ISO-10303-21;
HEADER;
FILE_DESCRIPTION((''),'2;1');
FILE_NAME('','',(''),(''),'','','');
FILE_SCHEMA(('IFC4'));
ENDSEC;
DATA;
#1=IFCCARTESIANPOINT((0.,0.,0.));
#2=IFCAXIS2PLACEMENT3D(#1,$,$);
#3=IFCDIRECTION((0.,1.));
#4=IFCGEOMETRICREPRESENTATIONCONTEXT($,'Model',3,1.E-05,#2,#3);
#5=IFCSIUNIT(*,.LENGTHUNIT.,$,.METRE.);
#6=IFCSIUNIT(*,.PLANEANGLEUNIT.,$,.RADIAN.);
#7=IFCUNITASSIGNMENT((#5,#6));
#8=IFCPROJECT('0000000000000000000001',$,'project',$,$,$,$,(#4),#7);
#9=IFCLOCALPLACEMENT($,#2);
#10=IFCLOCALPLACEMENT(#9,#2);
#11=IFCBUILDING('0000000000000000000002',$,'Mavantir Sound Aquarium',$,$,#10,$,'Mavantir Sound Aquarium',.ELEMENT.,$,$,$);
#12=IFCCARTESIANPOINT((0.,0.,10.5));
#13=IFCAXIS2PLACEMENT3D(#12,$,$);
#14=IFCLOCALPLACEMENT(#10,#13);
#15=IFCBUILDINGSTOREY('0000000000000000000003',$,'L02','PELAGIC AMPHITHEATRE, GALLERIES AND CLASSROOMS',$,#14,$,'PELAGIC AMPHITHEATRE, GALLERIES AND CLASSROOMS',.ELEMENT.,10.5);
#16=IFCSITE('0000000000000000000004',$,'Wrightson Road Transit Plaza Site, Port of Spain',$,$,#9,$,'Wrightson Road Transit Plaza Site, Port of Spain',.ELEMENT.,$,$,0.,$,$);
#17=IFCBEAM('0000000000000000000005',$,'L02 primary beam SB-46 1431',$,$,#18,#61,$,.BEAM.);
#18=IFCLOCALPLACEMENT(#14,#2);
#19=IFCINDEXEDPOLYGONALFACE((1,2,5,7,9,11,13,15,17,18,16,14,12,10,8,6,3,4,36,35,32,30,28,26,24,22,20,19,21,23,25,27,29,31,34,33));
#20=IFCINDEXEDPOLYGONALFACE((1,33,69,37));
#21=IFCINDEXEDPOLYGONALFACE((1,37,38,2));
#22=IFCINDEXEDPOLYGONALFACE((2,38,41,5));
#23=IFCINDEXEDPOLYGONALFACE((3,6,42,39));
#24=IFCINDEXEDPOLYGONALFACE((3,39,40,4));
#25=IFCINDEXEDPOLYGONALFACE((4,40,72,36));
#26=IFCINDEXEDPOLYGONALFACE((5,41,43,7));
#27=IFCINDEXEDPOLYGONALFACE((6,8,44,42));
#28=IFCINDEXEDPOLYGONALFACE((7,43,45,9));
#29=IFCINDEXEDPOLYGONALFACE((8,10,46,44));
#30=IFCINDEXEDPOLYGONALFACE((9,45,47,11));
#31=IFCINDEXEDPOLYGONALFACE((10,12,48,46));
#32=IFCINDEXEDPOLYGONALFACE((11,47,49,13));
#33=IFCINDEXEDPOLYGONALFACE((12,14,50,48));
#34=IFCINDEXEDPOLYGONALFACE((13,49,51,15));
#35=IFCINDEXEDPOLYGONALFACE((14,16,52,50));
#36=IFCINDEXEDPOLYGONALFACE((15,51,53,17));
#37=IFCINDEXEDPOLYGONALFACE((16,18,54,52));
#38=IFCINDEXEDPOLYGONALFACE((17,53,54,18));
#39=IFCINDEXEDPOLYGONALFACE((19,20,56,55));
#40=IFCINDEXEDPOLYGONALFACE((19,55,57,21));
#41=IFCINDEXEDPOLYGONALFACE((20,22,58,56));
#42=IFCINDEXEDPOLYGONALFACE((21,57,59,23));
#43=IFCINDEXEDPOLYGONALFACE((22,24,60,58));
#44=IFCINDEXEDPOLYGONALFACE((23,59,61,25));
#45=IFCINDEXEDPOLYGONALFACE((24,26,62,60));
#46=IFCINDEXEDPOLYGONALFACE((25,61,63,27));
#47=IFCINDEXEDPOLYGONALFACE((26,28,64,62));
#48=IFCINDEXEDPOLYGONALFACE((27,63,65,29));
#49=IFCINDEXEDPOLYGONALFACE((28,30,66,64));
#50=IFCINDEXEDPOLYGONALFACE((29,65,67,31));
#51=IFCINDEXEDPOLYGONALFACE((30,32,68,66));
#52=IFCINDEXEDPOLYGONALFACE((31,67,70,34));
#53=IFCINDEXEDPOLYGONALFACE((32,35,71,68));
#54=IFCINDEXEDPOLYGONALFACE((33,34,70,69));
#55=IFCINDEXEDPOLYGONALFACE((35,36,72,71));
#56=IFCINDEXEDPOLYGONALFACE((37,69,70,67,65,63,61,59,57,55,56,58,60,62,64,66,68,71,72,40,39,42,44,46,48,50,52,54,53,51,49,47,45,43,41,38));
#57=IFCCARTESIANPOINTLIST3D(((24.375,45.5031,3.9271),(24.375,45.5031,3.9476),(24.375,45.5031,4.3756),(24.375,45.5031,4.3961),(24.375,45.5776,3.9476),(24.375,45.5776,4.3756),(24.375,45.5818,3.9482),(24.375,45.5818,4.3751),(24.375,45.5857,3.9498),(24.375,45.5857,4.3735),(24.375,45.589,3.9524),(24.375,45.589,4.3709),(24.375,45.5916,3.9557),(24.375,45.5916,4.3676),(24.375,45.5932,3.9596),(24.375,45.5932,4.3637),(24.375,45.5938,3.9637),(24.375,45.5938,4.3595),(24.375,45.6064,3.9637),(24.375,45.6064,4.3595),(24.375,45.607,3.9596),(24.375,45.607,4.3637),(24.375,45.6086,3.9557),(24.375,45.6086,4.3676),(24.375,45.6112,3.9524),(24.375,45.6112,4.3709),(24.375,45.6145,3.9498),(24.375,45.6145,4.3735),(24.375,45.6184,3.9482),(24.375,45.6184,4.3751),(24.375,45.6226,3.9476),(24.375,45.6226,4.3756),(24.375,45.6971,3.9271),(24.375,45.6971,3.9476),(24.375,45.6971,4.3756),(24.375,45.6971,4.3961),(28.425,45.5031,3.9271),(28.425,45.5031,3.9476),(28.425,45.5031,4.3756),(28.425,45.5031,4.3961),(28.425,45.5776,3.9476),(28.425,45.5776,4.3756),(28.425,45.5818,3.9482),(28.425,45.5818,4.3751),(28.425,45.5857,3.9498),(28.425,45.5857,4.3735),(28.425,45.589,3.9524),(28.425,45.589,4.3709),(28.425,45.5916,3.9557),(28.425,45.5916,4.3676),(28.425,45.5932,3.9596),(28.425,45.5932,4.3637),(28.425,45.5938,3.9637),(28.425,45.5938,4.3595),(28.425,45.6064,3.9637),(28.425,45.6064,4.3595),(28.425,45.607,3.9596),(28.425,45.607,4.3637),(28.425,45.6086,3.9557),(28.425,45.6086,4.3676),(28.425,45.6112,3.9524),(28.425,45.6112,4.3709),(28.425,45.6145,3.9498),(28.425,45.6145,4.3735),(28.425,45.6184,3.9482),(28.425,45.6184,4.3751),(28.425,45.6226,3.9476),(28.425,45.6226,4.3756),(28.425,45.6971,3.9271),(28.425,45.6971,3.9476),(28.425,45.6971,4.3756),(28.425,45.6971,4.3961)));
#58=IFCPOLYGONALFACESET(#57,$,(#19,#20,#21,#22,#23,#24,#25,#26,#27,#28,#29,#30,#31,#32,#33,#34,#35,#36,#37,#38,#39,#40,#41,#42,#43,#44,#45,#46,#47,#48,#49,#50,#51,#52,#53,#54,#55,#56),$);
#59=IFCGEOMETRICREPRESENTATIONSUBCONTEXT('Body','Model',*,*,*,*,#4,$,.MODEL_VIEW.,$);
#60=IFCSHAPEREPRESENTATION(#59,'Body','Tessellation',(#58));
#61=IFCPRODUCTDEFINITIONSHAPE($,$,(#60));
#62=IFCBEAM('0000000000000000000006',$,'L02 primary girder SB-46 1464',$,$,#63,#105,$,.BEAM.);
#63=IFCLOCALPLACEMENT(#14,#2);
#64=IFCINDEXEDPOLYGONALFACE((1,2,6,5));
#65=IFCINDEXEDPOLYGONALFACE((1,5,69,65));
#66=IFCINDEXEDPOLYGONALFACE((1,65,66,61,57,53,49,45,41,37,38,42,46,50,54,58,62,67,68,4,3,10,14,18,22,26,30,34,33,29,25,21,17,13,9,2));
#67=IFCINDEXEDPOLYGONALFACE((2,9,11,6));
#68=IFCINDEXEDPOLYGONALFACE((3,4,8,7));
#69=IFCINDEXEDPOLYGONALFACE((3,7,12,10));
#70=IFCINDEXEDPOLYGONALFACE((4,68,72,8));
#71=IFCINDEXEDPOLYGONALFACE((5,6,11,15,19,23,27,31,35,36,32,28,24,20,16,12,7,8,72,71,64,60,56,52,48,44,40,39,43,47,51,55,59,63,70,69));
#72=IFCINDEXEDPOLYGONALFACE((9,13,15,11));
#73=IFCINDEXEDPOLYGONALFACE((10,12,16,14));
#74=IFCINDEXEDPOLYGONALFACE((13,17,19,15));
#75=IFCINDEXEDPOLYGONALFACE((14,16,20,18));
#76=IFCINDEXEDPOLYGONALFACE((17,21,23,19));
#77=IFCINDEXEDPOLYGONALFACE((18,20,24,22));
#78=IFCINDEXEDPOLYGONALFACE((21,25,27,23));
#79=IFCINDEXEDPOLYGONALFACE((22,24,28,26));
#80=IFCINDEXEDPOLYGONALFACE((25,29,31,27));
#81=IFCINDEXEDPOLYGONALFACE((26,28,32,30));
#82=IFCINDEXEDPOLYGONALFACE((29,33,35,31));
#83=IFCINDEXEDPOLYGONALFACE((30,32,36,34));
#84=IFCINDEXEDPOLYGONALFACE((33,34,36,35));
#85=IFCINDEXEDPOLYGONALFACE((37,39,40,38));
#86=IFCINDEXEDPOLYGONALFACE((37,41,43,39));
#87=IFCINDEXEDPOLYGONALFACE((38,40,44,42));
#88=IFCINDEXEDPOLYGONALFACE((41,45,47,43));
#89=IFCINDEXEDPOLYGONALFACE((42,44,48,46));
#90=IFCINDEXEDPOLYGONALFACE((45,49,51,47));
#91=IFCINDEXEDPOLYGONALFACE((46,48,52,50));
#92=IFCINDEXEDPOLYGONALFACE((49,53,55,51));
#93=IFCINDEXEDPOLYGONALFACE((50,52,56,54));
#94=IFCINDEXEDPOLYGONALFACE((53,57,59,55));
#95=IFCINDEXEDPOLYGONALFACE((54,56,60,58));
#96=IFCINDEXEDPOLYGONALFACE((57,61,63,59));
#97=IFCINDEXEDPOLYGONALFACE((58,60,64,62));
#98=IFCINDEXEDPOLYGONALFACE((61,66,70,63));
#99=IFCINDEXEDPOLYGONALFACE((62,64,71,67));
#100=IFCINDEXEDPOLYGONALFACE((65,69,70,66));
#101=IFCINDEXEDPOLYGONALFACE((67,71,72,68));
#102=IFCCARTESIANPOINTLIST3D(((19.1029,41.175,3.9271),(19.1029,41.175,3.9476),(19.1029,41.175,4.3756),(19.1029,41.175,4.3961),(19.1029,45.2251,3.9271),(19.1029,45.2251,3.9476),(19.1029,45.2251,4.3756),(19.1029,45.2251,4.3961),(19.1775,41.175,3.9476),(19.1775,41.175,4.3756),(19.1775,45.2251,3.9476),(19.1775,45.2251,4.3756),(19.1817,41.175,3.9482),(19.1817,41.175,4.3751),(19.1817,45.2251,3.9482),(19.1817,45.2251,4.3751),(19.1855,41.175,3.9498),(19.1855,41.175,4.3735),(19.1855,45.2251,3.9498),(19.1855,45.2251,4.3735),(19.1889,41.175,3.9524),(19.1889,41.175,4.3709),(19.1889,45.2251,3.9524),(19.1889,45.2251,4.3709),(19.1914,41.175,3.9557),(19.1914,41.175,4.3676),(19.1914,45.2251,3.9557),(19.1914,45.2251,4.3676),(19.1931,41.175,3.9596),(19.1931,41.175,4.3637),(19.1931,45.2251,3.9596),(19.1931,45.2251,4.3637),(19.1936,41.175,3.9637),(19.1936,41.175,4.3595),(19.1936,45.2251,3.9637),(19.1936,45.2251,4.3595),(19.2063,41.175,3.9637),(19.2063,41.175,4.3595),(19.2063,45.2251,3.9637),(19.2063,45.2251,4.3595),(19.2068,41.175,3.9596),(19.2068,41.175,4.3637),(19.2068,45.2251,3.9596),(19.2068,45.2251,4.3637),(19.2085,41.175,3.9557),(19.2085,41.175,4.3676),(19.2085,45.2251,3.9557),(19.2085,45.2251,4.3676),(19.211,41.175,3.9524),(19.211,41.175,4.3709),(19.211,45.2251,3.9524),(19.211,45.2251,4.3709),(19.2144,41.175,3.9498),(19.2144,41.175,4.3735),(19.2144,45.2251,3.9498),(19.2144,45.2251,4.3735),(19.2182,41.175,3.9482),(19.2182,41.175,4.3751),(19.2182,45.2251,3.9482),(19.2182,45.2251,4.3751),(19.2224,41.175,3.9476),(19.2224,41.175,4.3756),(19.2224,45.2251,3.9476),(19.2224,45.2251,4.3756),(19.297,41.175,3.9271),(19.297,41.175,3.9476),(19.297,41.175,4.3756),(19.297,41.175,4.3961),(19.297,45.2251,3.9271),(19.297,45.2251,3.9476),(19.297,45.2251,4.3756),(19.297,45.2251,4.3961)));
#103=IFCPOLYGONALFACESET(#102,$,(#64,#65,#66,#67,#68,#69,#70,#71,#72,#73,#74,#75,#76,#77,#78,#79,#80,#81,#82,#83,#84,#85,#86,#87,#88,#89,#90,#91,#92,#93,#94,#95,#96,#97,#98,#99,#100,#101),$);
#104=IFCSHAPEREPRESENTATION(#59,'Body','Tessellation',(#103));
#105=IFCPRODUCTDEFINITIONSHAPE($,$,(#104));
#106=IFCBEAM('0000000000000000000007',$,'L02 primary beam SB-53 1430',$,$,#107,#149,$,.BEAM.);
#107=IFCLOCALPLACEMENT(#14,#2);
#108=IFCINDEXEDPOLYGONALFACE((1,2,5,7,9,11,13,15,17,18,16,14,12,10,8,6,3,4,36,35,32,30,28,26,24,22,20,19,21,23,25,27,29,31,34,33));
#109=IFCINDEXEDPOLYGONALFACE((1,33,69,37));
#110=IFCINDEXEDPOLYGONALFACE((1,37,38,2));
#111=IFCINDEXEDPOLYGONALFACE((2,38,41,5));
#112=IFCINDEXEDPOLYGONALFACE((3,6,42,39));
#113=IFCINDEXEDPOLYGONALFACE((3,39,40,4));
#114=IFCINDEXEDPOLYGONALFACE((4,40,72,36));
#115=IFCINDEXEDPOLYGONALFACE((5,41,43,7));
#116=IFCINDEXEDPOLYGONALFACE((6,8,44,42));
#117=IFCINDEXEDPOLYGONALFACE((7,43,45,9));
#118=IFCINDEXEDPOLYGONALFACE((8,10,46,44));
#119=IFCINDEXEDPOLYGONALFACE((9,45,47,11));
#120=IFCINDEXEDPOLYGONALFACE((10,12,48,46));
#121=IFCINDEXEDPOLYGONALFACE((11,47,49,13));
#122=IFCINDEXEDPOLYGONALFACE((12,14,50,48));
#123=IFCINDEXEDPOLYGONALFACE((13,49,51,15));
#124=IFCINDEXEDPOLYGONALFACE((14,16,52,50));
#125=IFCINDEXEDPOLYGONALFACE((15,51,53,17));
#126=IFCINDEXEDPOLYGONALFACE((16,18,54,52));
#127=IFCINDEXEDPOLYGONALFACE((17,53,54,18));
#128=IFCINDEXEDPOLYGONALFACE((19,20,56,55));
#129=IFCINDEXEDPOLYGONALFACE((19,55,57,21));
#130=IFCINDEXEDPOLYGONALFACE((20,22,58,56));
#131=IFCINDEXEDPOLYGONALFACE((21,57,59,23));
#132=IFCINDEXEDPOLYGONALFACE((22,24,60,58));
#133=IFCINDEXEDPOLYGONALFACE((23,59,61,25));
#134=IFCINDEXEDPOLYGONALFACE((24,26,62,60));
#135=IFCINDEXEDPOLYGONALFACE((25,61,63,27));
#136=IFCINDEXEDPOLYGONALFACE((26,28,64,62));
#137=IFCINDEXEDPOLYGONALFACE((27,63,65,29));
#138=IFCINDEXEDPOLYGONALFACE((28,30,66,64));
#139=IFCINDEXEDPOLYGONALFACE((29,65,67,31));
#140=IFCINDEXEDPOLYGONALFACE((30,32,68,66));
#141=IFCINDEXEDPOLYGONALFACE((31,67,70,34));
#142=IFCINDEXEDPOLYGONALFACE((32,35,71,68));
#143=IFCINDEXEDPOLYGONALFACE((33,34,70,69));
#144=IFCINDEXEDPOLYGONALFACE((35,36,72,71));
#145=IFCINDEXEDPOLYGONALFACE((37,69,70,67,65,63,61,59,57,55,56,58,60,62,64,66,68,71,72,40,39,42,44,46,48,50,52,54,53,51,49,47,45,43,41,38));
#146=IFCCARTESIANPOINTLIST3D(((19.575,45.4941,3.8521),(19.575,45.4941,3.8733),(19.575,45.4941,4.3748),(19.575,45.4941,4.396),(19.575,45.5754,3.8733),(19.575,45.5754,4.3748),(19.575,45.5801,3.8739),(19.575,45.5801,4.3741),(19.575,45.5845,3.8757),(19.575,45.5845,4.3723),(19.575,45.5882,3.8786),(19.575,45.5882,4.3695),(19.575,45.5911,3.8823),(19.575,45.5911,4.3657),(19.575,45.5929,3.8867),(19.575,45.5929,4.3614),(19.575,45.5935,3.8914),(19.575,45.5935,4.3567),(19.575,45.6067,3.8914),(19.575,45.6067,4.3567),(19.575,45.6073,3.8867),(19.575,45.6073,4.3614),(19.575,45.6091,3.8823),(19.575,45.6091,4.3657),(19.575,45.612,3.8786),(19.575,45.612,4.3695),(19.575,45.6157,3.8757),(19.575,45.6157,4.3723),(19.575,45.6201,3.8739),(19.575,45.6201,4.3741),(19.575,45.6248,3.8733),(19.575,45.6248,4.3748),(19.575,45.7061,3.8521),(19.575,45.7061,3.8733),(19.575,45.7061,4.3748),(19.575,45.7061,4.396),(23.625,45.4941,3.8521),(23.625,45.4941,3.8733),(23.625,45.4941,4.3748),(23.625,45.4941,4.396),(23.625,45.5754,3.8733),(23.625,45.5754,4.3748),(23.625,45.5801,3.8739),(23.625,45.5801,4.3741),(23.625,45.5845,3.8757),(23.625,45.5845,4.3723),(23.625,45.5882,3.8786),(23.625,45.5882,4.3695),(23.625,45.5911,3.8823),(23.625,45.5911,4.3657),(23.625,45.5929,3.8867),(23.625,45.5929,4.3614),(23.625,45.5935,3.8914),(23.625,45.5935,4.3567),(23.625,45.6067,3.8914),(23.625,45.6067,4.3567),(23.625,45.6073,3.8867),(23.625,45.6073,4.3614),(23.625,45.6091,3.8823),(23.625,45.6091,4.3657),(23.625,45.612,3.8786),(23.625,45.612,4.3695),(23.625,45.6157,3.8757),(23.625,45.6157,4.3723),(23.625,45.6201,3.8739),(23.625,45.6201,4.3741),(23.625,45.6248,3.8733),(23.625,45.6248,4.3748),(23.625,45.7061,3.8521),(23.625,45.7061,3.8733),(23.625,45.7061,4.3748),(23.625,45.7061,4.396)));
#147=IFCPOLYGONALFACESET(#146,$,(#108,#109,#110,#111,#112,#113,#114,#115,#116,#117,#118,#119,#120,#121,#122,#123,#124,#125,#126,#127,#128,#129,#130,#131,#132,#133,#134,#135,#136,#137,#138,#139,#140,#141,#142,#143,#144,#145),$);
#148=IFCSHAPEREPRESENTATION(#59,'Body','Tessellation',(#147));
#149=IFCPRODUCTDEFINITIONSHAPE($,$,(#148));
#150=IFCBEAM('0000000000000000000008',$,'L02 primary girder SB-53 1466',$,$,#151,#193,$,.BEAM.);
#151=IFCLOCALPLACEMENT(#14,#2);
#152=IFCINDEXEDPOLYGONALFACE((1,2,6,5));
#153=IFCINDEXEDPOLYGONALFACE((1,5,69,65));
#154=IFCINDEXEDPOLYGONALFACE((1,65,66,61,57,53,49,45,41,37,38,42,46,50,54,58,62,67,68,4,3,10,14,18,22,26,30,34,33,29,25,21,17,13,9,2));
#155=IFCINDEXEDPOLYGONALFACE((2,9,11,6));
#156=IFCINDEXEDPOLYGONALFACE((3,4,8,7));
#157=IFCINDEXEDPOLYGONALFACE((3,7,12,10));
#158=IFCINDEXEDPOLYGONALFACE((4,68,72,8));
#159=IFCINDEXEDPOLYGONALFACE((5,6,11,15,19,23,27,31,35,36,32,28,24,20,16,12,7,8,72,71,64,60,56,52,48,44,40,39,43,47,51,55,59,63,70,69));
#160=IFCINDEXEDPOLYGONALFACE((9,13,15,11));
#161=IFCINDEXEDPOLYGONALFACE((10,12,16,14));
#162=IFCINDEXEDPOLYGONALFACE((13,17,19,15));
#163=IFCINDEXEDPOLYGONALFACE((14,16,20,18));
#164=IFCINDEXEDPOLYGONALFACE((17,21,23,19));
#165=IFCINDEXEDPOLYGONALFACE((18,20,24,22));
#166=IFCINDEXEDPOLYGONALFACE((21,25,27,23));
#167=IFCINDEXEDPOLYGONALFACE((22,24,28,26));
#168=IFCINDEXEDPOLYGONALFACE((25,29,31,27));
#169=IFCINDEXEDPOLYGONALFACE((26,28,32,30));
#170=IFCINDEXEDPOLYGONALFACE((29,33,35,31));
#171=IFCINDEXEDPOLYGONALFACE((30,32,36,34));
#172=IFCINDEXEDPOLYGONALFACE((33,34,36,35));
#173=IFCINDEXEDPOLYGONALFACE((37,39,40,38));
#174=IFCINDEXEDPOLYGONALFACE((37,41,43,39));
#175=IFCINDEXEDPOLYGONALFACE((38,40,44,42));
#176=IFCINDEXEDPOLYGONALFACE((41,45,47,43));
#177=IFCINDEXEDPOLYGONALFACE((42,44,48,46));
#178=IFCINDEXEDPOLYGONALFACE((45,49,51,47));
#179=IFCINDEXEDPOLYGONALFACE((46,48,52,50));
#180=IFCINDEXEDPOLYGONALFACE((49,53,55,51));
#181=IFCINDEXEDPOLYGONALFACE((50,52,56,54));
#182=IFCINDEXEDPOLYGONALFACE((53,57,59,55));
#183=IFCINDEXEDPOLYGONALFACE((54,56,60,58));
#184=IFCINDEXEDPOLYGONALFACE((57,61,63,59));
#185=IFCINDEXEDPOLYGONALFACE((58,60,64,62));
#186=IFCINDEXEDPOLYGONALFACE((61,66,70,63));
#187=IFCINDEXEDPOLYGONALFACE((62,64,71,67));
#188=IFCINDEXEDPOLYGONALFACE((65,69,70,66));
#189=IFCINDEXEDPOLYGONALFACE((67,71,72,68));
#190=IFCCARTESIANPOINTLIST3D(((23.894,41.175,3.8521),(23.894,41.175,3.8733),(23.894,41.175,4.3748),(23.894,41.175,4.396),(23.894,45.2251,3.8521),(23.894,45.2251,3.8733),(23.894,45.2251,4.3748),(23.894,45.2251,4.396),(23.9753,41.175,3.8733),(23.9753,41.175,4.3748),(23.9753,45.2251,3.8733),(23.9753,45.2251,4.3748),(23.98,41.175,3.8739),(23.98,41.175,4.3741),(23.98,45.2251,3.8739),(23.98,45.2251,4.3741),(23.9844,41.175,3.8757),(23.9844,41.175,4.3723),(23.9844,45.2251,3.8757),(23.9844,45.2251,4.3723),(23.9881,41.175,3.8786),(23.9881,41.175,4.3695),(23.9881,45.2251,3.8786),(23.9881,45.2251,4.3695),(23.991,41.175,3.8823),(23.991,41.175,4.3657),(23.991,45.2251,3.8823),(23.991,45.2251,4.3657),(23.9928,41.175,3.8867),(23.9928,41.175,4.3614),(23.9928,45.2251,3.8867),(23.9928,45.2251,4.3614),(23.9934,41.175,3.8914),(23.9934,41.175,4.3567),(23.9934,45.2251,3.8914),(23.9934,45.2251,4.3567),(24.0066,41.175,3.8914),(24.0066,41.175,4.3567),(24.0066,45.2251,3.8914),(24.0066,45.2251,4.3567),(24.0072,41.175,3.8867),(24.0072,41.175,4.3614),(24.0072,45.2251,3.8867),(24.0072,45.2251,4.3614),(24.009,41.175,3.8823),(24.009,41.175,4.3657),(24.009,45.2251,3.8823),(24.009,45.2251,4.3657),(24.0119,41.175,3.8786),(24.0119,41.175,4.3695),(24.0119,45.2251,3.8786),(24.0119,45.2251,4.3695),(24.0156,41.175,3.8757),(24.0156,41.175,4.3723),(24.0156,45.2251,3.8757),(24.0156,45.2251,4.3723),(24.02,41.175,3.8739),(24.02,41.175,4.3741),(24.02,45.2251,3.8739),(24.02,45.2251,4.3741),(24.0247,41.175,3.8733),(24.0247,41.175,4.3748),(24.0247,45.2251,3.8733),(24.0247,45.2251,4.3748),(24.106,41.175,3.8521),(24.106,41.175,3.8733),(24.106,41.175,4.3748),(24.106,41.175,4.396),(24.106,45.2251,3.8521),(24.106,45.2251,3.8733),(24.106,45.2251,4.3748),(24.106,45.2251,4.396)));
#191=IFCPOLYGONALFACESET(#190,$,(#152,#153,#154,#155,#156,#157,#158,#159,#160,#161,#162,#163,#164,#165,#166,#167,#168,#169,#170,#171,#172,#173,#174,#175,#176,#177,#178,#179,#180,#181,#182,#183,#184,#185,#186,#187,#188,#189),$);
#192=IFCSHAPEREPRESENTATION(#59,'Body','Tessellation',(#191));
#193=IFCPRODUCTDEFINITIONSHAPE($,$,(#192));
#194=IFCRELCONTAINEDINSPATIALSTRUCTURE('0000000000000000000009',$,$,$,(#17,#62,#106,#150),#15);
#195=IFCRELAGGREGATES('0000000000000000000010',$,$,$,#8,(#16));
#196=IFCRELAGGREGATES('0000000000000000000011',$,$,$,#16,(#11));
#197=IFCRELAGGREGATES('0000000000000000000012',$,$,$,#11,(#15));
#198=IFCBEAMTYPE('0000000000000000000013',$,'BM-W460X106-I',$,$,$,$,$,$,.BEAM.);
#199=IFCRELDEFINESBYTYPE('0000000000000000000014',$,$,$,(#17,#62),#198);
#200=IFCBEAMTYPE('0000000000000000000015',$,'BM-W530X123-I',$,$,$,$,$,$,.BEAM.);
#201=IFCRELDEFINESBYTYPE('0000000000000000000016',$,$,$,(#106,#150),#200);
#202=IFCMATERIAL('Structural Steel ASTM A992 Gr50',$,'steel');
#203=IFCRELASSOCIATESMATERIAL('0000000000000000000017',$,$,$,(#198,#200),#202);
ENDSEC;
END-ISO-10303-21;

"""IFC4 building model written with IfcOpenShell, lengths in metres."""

from ifc_helpers import new_model, si_unit, direction, frame, origin, origin_2d, place, context, subcontext, project, spatial, i_section, extrude, material, material_profile, profile_set, type_object, element, save


model = new_model("IFC4")

# Units and contexts
model_context = context("Model", 3, precision=1e-05, world=origin(), true_north=direction((0.0, 1.0)))
body_context = subcontext(model_context, "Body", "Model", "MODEL_VIEW")
ifc_project = project(units=[si_unit("LENGTHUNIT", "METRE"), si_unit("PLANEANGLEUNIT", "RADIAN")], contexts=[model_context])

# Site, building, storey
site_placement = place(None, origin())
site = spatial("IfcSite", under=ifc_project, at=site_placement, Name="Wrightson Road Transit Plaza Site, Port of Spain", LongName="Wrightson Road Transit Plaza Site, Port of Spain", CompositionType="ELEMENT", RefElevation=0.0)
building_placement = place(site_placement, origin())
building = spatial("IfcBuilding", under=site, at=building_placement, Name="Mavantir Sound Aquarium", LongName="Mavantir Sound Aquarium", CompositionType="ELEMENT")
storey_placement = place(building_placement, frame((0.0, 0.0, 10.5)))
storey = spatial("IfcBuildingStorey", under=building, at=storey_placement, Name="L02", Description="PELAGIC AMPHITHEATRE, GALLERIES AND CLASSROOMS", LongName="PELAGIC AMPHITHEATRE, GALLERIES AND CLASSROOMS", CompositionType="ELEMENT", Elevation=10.5)

# Beams
ifc_material_1 = material(Name="Structural Steel ASTM A992 Gr50", Category="steel")
ifc_material_profile_1 = material_profile(ifc_material_1, i_section(OverallWidth=0.1941, OverallDepth=0.469, WebThickness=0.0127, FlangeThickness=0.0205, FilletRadius=0.0161, at=origin_2d()), Name="W460X106")
ifc_profile_set_1 = profile_set([ifc_material_profile_1], Name="Structural Steel ASTM A992 Gr50")
beam_type_1 = type_object("IfcBeamType", Name="BM-W460X106-I", PredefinedType="BEAM", material=ifc_profile_set_1)
for number, where, z_axis, x_axis, name in (
    (1, (24.375, 45.6001, 4.1616), (1.0, 0.0, 0.0), (0.0, 1.0, 0.0), "L02 primary beam SB-46 1431"),
    (2, (19.2, 41.175, 4.1616), (0.0, 1.0, 0.0), (-1.0, 0.0, 0.0), "L02 primary girder SB-46 1464"),
):
    element("IfcBeam", number, at=place(storey_placement, frame(where, z_axis=z_axis, x_axis=x_axis)), inside=storey, type_object=beam_type_1, Name=name, PredefinedType="BEAM", context=body_context, shape_type="SweptSolid", body=[
        extrude(i_section(OverallWidth=0.1941, OverallDepth=0.469, WebThickness=0.0127, FlangeThickness=0.0205, FilletRadius=0.0161, at=origin_2d()), origin(), (0.0, 0.0, 1.0), 4.05),
    ])
ifc_material_profile_2 = material_profile(ifc_material_1, i_section(OverallWidth=0.2119, OverallDepth=0.5439, WebThickness=0.0132, FlangeThickness=0.0212, FilletRadius=0.0181, at=origin_2d()), Name="W530X123")
ifc_profile_set_2 = profile_set([ifc_material_profile_2], Name="Structural Steel ASTM A992 Gr50")
beam_type_2 = type_object("IfcBeamType", Name="BM-W530X123-I", PredefinedType="BEAM", material=ifc_profile_set_2)
for number, where, z_axis, x_axis, name in (
    (3, (19.575, 45.6001, 4.124), (1.0, 0.0, 0.0), (0.0, 1.0, 0.0), "L02 primary beam SB-53 1430"),
    (4, (24.0, 41.175, 4.124), (0.0, 1.0, 0.0), (-1.0, 0.0, 0.0), "L02 primary girder SB-53 1466"),
):
    element("IfcBeam", number, at=place(storey_placement, frame(where, z_axis=z_axis, x_axis=x_axis)), inside=storey, type_object=beam_type_2, Name=name, PredefinedType="BEAM", context=body_context, shape_type="SweptSolid", body=[
        extrude(i_section(OverallWidth=0.2119, OverallDepth=0.5439, WebThickness=0.0132, FlangeThickness=0.0212, FilletRadius=0.0181, at=origin_2d()), origin(), (0.0, 0.0, 1.0), 4.05),
    ])

save(model, "model.ifc")
